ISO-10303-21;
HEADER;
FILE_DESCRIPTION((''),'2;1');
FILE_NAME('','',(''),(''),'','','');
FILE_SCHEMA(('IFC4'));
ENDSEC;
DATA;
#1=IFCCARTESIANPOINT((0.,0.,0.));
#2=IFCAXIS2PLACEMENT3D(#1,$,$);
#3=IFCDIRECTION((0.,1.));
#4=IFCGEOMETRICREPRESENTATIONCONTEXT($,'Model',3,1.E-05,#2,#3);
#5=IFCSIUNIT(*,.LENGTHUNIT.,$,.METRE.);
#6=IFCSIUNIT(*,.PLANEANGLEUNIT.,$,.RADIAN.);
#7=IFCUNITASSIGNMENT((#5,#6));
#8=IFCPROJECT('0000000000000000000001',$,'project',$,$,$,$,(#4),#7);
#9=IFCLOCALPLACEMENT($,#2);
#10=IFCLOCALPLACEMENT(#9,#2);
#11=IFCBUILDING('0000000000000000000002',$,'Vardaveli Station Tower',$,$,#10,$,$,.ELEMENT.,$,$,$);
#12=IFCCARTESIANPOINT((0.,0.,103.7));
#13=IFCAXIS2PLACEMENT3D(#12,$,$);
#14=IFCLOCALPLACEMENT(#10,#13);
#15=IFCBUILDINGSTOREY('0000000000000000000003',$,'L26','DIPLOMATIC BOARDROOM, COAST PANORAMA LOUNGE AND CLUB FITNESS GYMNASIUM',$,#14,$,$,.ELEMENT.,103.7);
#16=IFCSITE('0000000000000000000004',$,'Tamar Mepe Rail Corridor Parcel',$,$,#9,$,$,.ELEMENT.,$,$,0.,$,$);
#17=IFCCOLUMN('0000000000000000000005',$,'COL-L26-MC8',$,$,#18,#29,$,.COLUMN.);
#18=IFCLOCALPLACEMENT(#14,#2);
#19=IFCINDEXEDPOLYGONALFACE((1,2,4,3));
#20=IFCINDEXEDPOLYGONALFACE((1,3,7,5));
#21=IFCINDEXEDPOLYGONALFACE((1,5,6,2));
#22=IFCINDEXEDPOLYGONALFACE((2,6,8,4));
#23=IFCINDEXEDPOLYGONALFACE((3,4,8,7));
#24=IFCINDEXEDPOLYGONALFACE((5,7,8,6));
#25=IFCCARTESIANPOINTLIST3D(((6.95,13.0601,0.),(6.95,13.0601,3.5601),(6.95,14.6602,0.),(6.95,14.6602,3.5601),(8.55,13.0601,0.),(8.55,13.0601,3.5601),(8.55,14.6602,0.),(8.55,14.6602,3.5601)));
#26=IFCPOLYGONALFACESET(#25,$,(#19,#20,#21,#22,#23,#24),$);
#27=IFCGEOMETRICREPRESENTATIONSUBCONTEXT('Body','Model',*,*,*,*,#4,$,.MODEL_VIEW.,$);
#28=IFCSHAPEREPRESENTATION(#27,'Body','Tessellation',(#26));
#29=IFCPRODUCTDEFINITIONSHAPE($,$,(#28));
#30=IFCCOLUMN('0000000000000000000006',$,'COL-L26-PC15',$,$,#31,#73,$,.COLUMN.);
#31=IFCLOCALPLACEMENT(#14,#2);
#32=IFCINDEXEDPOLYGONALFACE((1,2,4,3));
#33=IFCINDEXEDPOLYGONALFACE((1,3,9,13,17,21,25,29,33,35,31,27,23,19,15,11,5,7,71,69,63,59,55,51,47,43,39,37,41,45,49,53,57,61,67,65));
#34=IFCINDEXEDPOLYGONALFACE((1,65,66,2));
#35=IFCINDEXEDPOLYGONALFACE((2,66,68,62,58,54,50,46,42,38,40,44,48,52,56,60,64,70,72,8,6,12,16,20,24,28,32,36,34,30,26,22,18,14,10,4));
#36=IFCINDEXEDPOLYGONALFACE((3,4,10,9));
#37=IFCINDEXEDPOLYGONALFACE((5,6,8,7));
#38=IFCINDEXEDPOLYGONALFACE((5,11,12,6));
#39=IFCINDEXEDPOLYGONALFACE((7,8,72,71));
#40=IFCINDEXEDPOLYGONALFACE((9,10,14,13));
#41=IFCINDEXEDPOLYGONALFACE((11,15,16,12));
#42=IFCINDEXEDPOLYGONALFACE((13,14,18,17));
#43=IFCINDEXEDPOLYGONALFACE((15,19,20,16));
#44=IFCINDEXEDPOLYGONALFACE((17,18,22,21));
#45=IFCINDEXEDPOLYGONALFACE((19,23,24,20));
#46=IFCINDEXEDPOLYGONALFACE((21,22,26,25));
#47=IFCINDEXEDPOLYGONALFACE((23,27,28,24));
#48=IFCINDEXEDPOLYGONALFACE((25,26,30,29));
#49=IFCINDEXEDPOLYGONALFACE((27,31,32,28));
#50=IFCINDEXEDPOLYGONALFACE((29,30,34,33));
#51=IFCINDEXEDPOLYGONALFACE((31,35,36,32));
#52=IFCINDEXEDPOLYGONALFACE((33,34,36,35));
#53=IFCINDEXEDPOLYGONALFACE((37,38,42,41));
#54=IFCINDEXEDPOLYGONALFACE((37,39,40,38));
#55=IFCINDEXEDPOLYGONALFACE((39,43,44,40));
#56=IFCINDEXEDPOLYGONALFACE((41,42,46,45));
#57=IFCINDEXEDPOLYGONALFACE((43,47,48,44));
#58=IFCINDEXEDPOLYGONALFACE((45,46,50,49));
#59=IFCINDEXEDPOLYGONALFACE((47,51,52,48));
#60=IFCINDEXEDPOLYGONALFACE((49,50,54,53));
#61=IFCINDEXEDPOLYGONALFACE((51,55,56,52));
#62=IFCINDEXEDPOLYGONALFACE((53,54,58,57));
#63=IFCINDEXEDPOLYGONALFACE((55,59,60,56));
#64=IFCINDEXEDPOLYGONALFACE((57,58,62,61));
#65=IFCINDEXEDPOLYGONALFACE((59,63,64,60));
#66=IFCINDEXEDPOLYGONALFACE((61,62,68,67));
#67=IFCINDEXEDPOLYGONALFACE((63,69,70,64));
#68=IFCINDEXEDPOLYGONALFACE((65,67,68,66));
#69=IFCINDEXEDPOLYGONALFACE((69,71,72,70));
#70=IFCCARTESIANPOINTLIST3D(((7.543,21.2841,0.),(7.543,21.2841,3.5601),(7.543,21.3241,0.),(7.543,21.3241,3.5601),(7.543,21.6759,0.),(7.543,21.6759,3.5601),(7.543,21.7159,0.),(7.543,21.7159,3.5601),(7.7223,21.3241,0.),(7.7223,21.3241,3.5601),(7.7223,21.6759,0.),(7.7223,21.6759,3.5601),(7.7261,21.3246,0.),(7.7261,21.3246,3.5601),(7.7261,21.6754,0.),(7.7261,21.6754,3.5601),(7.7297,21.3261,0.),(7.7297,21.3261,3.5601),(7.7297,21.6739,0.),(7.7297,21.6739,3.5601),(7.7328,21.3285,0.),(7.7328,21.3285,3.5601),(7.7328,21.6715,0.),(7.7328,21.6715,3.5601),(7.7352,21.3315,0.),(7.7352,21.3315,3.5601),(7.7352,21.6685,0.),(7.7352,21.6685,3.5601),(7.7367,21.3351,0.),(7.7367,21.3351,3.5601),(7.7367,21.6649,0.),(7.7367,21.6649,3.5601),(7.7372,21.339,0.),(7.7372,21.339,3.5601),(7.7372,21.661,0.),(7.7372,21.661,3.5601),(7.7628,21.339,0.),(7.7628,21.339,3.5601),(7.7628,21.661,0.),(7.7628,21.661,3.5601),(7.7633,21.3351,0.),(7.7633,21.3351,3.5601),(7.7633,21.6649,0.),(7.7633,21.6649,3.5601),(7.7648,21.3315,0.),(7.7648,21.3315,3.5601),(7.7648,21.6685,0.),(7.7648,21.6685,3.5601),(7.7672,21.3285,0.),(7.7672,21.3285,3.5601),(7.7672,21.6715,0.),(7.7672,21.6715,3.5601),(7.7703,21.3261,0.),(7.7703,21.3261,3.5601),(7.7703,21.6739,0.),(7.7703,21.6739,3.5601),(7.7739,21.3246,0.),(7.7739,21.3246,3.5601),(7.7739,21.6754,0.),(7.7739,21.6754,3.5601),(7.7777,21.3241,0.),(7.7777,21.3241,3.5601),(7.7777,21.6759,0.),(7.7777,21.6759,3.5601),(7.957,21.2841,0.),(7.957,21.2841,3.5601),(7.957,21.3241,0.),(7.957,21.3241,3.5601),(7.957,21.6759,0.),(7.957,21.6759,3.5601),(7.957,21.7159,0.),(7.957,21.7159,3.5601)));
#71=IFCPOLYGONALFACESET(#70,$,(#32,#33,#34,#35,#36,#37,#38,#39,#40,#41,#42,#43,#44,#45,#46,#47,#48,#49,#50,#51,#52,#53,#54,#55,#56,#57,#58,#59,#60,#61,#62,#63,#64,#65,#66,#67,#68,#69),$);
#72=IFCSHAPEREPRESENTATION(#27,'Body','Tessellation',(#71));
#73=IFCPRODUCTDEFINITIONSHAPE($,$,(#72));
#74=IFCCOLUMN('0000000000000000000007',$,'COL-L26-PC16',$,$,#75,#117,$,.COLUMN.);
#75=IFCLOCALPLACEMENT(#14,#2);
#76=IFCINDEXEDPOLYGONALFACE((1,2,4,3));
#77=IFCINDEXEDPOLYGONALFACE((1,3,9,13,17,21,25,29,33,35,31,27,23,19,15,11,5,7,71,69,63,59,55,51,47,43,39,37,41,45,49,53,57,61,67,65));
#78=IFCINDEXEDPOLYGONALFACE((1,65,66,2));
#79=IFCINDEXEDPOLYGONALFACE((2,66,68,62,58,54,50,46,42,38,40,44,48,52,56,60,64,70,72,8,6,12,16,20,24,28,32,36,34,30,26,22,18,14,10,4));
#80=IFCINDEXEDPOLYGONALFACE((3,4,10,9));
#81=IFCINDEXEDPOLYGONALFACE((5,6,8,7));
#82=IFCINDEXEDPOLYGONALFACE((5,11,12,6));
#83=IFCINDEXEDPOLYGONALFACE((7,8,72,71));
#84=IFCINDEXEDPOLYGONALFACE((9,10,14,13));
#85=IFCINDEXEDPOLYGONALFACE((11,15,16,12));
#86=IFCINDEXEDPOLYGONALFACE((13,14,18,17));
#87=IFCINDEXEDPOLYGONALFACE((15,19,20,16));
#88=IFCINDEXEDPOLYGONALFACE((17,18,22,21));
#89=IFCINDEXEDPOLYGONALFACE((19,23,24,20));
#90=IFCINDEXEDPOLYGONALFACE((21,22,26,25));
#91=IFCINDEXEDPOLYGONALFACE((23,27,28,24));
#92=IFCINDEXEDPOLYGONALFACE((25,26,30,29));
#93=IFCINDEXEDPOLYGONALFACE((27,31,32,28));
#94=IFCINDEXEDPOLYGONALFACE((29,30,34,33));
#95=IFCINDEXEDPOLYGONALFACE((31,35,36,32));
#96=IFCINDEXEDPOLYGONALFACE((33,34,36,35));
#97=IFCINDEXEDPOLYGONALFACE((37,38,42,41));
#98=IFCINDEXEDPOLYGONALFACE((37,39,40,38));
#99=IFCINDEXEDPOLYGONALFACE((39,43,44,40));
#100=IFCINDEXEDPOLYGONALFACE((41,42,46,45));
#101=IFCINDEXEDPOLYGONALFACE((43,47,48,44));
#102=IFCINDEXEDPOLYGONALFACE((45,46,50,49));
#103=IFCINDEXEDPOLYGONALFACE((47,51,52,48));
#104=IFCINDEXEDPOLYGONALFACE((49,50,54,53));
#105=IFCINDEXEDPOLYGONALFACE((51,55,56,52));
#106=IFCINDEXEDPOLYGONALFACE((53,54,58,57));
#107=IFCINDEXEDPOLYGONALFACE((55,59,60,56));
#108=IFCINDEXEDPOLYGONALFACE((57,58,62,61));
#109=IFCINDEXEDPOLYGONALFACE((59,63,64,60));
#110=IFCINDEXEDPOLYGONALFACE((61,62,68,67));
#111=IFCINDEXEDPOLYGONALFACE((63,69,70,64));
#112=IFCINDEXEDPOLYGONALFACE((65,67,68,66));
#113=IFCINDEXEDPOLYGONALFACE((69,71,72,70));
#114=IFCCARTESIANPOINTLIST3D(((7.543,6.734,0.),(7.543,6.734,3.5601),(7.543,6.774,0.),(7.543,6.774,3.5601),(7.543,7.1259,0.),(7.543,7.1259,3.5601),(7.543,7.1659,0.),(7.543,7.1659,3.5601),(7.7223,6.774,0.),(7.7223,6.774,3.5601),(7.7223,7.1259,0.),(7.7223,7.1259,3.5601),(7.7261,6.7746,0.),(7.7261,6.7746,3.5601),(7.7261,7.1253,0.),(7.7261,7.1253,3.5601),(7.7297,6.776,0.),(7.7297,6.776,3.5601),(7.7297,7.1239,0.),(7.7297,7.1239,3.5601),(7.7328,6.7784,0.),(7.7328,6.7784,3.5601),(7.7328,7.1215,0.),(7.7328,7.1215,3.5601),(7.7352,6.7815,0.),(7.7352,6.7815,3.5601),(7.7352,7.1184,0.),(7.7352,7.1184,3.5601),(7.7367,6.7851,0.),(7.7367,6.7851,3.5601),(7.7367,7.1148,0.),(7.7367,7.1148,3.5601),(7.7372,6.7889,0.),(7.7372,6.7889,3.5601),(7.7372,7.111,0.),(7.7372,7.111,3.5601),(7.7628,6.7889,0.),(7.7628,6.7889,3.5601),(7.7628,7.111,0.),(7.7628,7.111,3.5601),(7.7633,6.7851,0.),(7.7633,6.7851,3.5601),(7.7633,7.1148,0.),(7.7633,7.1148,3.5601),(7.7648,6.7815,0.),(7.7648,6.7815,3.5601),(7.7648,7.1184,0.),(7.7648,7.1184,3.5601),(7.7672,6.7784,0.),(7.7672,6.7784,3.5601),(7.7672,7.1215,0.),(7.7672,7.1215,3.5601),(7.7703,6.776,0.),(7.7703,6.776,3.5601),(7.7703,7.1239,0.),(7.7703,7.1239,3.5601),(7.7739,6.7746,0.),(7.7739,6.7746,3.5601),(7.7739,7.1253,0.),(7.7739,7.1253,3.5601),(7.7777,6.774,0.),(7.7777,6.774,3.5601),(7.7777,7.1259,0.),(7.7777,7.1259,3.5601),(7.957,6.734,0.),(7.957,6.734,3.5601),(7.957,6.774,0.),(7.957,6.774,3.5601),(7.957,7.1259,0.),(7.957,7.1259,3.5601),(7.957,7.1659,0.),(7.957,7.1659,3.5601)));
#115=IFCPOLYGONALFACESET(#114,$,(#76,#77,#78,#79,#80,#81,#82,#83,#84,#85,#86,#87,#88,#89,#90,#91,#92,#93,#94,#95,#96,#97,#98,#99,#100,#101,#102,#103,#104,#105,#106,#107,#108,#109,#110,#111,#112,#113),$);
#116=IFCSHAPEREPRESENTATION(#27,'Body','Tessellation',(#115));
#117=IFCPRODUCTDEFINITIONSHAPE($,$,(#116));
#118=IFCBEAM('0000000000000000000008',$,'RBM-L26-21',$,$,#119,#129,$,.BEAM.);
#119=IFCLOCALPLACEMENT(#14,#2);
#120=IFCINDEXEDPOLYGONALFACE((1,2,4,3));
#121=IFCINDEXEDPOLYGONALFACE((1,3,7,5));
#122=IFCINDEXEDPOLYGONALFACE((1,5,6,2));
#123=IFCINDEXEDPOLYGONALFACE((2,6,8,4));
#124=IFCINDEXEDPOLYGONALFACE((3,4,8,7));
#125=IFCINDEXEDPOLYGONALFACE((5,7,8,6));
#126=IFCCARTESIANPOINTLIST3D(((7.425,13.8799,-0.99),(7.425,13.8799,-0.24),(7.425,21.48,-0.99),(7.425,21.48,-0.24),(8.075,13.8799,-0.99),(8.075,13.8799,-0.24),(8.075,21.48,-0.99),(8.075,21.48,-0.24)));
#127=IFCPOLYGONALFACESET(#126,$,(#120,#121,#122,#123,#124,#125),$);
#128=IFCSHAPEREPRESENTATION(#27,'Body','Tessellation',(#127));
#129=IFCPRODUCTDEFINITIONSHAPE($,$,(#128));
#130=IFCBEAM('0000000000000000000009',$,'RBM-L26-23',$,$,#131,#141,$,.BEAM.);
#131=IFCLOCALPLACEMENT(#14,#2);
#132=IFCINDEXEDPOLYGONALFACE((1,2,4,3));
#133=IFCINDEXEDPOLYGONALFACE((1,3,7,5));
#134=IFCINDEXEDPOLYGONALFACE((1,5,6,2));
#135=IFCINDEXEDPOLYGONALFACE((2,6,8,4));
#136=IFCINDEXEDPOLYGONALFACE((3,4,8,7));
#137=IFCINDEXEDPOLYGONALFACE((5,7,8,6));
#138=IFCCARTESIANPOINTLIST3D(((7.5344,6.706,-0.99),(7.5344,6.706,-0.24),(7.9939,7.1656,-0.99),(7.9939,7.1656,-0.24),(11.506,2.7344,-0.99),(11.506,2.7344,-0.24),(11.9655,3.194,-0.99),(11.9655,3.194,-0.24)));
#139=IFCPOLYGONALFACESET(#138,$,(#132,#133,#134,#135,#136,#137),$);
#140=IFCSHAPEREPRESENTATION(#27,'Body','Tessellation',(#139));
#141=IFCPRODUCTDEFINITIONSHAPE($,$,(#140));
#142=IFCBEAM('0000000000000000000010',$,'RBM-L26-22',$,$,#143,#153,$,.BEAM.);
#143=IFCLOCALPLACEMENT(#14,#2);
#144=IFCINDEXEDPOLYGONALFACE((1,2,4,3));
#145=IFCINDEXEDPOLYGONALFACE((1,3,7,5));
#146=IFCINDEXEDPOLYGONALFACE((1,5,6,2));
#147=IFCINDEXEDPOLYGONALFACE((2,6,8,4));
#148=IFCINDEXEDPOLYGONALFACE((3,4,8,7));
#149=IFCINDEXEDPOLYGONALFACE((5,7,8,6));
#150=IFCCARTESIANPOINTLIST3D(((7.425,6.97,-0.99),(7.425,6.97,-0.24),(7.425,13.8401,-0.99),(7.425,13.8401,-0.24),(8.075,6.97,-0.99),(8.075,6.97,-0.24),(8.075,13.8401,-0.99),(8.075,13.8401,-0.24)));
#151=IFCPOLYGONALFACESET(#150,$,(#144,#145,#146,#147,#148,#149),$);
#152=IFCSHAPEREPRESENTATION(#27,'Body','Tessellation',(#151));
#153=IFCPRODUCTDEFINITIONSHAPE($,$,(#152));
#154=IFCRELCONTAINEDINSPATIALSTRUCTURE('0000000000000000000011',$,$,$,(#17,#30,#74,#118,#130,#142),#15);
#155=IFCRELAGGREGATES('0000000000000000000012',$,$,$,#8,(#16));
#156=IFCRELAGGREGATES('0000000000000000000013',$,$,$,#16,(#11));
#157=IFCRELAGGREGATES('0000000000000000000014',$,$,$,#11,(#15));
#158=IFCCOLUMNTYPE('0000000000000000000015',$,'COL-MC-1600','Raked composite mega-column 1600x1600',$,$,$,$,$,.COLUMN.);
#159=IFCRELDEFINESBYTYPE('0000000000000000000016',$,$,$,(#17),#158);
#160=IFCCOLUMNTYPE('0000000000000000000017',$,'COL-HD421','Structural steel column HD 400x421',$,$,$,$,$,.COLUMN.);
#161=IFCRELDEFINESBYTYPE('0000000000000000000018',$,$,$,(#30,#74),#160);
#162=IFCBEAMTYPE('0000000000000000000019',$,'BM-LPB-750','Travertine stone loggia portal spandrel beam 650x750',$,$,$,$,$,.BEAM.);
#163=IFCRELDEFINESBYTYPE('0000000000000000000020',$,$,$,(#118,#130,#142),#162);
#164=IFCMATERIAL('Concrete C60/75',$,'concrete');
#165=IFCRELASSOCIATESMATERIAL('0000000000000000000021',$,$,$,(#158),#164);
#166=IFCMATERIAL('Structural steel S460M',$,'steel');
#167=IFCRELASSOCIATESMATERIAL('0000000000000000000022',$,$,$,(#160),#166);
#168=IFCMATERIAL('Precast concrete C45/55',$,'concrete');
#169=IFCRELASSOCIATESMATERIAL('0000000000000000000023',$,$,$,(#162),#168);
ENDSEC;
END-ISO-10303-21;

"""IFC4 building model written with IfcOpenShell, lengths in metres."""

from ifc_helpers import new_model, si_unit, direction, frame, origin, origin_2d, place, context, subcontext, project, spatial, rectangle, i_section, extrude, source, transform, mapped, material, material_profile, profile_set, type_object, element, save


model = new_model("IFC4")

# Units and contexts
model_context = context("Model", 3, precision=1e-05, world=origin(), true_north=direction((0.0, 1.0)))
body_context = subcontext(model_context, "Body", "Model", "MODEL_VIEW")
ifc_project = project(units=[si_unit("LENGTHUNIT", "METRE"), si_unit("PLANEANGLEUNIT", "RADIAN")], contexts=[model_context])

# Site, building, storey
site_placement = place(None, origin())
site = spatial("IfcSite", under=ifc_project, at=site_placement, Name="Tamar Mepe Rail Corridor Parcel", CompositionType="ELEMENT", RefElevation=0.0)
building_placement = place(site_placement, origin())
building = spatial("IfcBuilding", under=site, at=building_placement, Name="Vardaveli Station Tower", CompositionType="ELEMENT")
storey_placement = place(building_placement, frame((0.0, 0.0, 103.7)))
storey = spatial("IfcBuildingStorey", under=building, at=storey_placement, Name="L26", Description="DIPLOMATIC BOARDROOM, COAST PANORAMA LOUNGE AND CLUB FITNESS GYMNASIUM", CompositionType="ELEMENT", Elevation=103.7)

# Columns
ifc_material_1 = material(Name="Concrete C60/75", Category="concrete")
ifc_material_profile_1 = material_profile(ifc_material_1, rectangle(XDim=1.6001, YDim=1.6001, at=origin_2d()), Name="MC 1600x1600")
ifc_profile_set_1 = profile_set([ifc_material_profile_1], Name="Concrete C60/75")
column_type_1 = type_object("IfcColumnType", Name="COL-MC-1600", Description="Raked composite mega-column 1600x1600", PredefinedType="COLUMN", material=ifc_profile_set_1)
shared_shape_1 = source(origin(), body_context, "Body", "SweptSolid", [
    extrude(rectangle(XDim=1.6001, YDim=1.6001, at=origin_2d()), origin(), (0.0, 0.0, 1.0), 3.5601),
])
column_placement = place(storey_placement, frame((7.75, 13.8601, 0.0), z_axis=(0.0, 0.0, 1.0), x_axis=(1.0, 0.0, 0.0)))
element("IfcColumn", 1, at=column_placement, inside=storey, type_object=column_type_1, Name="COL-L26-MC8", PredefinedType="COLUMN", context=body_context, shape_type="MappedRepresentation", body=[
    mapped(shared_shape_1, transform((0.0, 0.0, 0.0), scale=1.0)),
])
ifc_material_2 = material(Name="Structural steel S460M", Category="steel")
ifc_material_profile_2 = material_profile(ifc_material_2, i_section(OverallWidth=0.4141, OverallDepth=0.4319, WebThickness=0.0256, FlangeThickness=0.04, FilletRadius=0.0149, at=origin_2d()), Name="HD 400x421")
ifc_profile_set_2 = profile_set([ifc_material_profile_2], Name="Structural steel S460M")
column_type_2 = type_object("IfcColumnType", Name="COL-HD421", Description="Structural steel column HD 400x421", PredefinedType="COLUMN", material=ifc_profile_set_2)
shared_shape_2 = source(origin(), body_context, "Body", "SweptSolid", [
    extrude(i_section(OverallWidth=0.4141, OverallDepth=0.4319, WebThickness=0.0256, FlangeThickness=0.04, FilletRadius=0.0149, at=origin_2d()), origin(), (0.0, 0.0, 1.0), 3.5601),
])
for number, where, z_axis, x_axis, name in (
    (2, (7.75, 21.5, 0.0), (0.0, 0.0, 1.0), (1.0, 0.0, 0.0), "COL-L26-PC15"),
    (3, (7.75, 6.95, 0.0), (0.0, 0.0, 1.0), (1.0, 0.0, 0.0), "COL-L26-PC16"),
):
    element("IfcColumn", number, at=place(storey_placement, frame(where, z_axis=z_axis, x_axis=x_axis)), inside=storey, type_object=column_type_2, Name=name, PredefinedType="COLUMN", context=body_context, shape_type="MappedRepresentation", body=[
        mapped(shared_shape_2, transform((0.0, 0.0, 0.0), scale=1.0)),
    ])

# Beams
ifc_material_3 = material(Name="Precast concrete C45/55", Category="concrete")
ifc_material_profile_3 = material_profile(ifc_material_3, rectangle(XDim=0.6499, YDim=0.75, at=origin_2d()), Name="LPB 650x750")
ifc_profile_set_3 = profile_set([ifc_material_profile_3], Name="Precast concrete C45/55")
beam_type_1 = type_object("IfcBeamType", Name="BM-LPB-750", Description="Travertine stone loggia portal spandrel beam 650x750", PredefinedType="BEAM", material=ifc_profile_set_3)
shared_shape_3 = source(origin(), body_context, "Body", "SweptSolid", [
    extrude(rectangle(XDim=0.6499, YDim=0.75, at=origin_2d()), origin(), (0.0, 0.0, 1.0), 7.6001),
])
beam_1_placement = place(storey_placement, frame((7.75, 21.48, -0.615), z_axis=(0.0, -1.0, 0.0), x_axis=(1.0, 0.0, 0.0)))
element("IfcBeam", 4, at=beam_1_placement, inside=storey, type_object=beam_type_1, Name="RBM-L26-21", PredefinedType="BEAM", context=body_context, shape_type="MappedRepresentation", body=[
    mapped(shared_shape_3, transform((0.0, 0.0, 0.0), scale=1.0)),
])
shared_shape_4 = source(origin(), body_context, "Body", "SweptSolid", [
    extrude(rectangle(XDim=0.6499, YDim=0.75, at=origin_2d()), origin(), (0.0, 0.0, 1.0), 5.6167),
])
beam_2_placement = place(storey_placement, frame((7.7642, 6.9358, -0.615), z_axis=(0.707107, -0.707107, 0.0), x_axis=(0.707107, 0.707107, 0.0)))
element("IfcBeam", 5, at=beam_2_placement, inside=storey, type_object=beam_type_1, Name="RBM-L26-23", PredefinedType="BEAM", context=body_context, shape_type="MappedRepresentation", body=[
    mapped(shared_shape_4, transform((0.0, 0.0, 0.0), scale=1.0)),
])
shared_shape_5 = source(origin(), body_context, "Body", "SweptSolid", [
    extrude(rectangle(XDim=0.6499, YDim=0.75, at=origin_2d()), origin(), (0.0, 0.0, 1.0), 6.8701),
])
beam_3_placement = place(storey_placement, frame((7.75, 13.8401, -0.615), z_axis=(0.0, -1.0, 0.0), x_axis=(1.0, 0.0, 0.0)))
element("IfcBeam", 6, at=beam_3_placement, inside=storey, type_object=beam_type_1, Name="RBM-L26-22", PredefinedType="BEAM", context=body_context, shape_type="MappedRepresentation", body=[
    mapped(shared_shape_5, transform((0.0, 0.0, 0.0), scale=1.0)),
])

save(model, "model.ifc")
